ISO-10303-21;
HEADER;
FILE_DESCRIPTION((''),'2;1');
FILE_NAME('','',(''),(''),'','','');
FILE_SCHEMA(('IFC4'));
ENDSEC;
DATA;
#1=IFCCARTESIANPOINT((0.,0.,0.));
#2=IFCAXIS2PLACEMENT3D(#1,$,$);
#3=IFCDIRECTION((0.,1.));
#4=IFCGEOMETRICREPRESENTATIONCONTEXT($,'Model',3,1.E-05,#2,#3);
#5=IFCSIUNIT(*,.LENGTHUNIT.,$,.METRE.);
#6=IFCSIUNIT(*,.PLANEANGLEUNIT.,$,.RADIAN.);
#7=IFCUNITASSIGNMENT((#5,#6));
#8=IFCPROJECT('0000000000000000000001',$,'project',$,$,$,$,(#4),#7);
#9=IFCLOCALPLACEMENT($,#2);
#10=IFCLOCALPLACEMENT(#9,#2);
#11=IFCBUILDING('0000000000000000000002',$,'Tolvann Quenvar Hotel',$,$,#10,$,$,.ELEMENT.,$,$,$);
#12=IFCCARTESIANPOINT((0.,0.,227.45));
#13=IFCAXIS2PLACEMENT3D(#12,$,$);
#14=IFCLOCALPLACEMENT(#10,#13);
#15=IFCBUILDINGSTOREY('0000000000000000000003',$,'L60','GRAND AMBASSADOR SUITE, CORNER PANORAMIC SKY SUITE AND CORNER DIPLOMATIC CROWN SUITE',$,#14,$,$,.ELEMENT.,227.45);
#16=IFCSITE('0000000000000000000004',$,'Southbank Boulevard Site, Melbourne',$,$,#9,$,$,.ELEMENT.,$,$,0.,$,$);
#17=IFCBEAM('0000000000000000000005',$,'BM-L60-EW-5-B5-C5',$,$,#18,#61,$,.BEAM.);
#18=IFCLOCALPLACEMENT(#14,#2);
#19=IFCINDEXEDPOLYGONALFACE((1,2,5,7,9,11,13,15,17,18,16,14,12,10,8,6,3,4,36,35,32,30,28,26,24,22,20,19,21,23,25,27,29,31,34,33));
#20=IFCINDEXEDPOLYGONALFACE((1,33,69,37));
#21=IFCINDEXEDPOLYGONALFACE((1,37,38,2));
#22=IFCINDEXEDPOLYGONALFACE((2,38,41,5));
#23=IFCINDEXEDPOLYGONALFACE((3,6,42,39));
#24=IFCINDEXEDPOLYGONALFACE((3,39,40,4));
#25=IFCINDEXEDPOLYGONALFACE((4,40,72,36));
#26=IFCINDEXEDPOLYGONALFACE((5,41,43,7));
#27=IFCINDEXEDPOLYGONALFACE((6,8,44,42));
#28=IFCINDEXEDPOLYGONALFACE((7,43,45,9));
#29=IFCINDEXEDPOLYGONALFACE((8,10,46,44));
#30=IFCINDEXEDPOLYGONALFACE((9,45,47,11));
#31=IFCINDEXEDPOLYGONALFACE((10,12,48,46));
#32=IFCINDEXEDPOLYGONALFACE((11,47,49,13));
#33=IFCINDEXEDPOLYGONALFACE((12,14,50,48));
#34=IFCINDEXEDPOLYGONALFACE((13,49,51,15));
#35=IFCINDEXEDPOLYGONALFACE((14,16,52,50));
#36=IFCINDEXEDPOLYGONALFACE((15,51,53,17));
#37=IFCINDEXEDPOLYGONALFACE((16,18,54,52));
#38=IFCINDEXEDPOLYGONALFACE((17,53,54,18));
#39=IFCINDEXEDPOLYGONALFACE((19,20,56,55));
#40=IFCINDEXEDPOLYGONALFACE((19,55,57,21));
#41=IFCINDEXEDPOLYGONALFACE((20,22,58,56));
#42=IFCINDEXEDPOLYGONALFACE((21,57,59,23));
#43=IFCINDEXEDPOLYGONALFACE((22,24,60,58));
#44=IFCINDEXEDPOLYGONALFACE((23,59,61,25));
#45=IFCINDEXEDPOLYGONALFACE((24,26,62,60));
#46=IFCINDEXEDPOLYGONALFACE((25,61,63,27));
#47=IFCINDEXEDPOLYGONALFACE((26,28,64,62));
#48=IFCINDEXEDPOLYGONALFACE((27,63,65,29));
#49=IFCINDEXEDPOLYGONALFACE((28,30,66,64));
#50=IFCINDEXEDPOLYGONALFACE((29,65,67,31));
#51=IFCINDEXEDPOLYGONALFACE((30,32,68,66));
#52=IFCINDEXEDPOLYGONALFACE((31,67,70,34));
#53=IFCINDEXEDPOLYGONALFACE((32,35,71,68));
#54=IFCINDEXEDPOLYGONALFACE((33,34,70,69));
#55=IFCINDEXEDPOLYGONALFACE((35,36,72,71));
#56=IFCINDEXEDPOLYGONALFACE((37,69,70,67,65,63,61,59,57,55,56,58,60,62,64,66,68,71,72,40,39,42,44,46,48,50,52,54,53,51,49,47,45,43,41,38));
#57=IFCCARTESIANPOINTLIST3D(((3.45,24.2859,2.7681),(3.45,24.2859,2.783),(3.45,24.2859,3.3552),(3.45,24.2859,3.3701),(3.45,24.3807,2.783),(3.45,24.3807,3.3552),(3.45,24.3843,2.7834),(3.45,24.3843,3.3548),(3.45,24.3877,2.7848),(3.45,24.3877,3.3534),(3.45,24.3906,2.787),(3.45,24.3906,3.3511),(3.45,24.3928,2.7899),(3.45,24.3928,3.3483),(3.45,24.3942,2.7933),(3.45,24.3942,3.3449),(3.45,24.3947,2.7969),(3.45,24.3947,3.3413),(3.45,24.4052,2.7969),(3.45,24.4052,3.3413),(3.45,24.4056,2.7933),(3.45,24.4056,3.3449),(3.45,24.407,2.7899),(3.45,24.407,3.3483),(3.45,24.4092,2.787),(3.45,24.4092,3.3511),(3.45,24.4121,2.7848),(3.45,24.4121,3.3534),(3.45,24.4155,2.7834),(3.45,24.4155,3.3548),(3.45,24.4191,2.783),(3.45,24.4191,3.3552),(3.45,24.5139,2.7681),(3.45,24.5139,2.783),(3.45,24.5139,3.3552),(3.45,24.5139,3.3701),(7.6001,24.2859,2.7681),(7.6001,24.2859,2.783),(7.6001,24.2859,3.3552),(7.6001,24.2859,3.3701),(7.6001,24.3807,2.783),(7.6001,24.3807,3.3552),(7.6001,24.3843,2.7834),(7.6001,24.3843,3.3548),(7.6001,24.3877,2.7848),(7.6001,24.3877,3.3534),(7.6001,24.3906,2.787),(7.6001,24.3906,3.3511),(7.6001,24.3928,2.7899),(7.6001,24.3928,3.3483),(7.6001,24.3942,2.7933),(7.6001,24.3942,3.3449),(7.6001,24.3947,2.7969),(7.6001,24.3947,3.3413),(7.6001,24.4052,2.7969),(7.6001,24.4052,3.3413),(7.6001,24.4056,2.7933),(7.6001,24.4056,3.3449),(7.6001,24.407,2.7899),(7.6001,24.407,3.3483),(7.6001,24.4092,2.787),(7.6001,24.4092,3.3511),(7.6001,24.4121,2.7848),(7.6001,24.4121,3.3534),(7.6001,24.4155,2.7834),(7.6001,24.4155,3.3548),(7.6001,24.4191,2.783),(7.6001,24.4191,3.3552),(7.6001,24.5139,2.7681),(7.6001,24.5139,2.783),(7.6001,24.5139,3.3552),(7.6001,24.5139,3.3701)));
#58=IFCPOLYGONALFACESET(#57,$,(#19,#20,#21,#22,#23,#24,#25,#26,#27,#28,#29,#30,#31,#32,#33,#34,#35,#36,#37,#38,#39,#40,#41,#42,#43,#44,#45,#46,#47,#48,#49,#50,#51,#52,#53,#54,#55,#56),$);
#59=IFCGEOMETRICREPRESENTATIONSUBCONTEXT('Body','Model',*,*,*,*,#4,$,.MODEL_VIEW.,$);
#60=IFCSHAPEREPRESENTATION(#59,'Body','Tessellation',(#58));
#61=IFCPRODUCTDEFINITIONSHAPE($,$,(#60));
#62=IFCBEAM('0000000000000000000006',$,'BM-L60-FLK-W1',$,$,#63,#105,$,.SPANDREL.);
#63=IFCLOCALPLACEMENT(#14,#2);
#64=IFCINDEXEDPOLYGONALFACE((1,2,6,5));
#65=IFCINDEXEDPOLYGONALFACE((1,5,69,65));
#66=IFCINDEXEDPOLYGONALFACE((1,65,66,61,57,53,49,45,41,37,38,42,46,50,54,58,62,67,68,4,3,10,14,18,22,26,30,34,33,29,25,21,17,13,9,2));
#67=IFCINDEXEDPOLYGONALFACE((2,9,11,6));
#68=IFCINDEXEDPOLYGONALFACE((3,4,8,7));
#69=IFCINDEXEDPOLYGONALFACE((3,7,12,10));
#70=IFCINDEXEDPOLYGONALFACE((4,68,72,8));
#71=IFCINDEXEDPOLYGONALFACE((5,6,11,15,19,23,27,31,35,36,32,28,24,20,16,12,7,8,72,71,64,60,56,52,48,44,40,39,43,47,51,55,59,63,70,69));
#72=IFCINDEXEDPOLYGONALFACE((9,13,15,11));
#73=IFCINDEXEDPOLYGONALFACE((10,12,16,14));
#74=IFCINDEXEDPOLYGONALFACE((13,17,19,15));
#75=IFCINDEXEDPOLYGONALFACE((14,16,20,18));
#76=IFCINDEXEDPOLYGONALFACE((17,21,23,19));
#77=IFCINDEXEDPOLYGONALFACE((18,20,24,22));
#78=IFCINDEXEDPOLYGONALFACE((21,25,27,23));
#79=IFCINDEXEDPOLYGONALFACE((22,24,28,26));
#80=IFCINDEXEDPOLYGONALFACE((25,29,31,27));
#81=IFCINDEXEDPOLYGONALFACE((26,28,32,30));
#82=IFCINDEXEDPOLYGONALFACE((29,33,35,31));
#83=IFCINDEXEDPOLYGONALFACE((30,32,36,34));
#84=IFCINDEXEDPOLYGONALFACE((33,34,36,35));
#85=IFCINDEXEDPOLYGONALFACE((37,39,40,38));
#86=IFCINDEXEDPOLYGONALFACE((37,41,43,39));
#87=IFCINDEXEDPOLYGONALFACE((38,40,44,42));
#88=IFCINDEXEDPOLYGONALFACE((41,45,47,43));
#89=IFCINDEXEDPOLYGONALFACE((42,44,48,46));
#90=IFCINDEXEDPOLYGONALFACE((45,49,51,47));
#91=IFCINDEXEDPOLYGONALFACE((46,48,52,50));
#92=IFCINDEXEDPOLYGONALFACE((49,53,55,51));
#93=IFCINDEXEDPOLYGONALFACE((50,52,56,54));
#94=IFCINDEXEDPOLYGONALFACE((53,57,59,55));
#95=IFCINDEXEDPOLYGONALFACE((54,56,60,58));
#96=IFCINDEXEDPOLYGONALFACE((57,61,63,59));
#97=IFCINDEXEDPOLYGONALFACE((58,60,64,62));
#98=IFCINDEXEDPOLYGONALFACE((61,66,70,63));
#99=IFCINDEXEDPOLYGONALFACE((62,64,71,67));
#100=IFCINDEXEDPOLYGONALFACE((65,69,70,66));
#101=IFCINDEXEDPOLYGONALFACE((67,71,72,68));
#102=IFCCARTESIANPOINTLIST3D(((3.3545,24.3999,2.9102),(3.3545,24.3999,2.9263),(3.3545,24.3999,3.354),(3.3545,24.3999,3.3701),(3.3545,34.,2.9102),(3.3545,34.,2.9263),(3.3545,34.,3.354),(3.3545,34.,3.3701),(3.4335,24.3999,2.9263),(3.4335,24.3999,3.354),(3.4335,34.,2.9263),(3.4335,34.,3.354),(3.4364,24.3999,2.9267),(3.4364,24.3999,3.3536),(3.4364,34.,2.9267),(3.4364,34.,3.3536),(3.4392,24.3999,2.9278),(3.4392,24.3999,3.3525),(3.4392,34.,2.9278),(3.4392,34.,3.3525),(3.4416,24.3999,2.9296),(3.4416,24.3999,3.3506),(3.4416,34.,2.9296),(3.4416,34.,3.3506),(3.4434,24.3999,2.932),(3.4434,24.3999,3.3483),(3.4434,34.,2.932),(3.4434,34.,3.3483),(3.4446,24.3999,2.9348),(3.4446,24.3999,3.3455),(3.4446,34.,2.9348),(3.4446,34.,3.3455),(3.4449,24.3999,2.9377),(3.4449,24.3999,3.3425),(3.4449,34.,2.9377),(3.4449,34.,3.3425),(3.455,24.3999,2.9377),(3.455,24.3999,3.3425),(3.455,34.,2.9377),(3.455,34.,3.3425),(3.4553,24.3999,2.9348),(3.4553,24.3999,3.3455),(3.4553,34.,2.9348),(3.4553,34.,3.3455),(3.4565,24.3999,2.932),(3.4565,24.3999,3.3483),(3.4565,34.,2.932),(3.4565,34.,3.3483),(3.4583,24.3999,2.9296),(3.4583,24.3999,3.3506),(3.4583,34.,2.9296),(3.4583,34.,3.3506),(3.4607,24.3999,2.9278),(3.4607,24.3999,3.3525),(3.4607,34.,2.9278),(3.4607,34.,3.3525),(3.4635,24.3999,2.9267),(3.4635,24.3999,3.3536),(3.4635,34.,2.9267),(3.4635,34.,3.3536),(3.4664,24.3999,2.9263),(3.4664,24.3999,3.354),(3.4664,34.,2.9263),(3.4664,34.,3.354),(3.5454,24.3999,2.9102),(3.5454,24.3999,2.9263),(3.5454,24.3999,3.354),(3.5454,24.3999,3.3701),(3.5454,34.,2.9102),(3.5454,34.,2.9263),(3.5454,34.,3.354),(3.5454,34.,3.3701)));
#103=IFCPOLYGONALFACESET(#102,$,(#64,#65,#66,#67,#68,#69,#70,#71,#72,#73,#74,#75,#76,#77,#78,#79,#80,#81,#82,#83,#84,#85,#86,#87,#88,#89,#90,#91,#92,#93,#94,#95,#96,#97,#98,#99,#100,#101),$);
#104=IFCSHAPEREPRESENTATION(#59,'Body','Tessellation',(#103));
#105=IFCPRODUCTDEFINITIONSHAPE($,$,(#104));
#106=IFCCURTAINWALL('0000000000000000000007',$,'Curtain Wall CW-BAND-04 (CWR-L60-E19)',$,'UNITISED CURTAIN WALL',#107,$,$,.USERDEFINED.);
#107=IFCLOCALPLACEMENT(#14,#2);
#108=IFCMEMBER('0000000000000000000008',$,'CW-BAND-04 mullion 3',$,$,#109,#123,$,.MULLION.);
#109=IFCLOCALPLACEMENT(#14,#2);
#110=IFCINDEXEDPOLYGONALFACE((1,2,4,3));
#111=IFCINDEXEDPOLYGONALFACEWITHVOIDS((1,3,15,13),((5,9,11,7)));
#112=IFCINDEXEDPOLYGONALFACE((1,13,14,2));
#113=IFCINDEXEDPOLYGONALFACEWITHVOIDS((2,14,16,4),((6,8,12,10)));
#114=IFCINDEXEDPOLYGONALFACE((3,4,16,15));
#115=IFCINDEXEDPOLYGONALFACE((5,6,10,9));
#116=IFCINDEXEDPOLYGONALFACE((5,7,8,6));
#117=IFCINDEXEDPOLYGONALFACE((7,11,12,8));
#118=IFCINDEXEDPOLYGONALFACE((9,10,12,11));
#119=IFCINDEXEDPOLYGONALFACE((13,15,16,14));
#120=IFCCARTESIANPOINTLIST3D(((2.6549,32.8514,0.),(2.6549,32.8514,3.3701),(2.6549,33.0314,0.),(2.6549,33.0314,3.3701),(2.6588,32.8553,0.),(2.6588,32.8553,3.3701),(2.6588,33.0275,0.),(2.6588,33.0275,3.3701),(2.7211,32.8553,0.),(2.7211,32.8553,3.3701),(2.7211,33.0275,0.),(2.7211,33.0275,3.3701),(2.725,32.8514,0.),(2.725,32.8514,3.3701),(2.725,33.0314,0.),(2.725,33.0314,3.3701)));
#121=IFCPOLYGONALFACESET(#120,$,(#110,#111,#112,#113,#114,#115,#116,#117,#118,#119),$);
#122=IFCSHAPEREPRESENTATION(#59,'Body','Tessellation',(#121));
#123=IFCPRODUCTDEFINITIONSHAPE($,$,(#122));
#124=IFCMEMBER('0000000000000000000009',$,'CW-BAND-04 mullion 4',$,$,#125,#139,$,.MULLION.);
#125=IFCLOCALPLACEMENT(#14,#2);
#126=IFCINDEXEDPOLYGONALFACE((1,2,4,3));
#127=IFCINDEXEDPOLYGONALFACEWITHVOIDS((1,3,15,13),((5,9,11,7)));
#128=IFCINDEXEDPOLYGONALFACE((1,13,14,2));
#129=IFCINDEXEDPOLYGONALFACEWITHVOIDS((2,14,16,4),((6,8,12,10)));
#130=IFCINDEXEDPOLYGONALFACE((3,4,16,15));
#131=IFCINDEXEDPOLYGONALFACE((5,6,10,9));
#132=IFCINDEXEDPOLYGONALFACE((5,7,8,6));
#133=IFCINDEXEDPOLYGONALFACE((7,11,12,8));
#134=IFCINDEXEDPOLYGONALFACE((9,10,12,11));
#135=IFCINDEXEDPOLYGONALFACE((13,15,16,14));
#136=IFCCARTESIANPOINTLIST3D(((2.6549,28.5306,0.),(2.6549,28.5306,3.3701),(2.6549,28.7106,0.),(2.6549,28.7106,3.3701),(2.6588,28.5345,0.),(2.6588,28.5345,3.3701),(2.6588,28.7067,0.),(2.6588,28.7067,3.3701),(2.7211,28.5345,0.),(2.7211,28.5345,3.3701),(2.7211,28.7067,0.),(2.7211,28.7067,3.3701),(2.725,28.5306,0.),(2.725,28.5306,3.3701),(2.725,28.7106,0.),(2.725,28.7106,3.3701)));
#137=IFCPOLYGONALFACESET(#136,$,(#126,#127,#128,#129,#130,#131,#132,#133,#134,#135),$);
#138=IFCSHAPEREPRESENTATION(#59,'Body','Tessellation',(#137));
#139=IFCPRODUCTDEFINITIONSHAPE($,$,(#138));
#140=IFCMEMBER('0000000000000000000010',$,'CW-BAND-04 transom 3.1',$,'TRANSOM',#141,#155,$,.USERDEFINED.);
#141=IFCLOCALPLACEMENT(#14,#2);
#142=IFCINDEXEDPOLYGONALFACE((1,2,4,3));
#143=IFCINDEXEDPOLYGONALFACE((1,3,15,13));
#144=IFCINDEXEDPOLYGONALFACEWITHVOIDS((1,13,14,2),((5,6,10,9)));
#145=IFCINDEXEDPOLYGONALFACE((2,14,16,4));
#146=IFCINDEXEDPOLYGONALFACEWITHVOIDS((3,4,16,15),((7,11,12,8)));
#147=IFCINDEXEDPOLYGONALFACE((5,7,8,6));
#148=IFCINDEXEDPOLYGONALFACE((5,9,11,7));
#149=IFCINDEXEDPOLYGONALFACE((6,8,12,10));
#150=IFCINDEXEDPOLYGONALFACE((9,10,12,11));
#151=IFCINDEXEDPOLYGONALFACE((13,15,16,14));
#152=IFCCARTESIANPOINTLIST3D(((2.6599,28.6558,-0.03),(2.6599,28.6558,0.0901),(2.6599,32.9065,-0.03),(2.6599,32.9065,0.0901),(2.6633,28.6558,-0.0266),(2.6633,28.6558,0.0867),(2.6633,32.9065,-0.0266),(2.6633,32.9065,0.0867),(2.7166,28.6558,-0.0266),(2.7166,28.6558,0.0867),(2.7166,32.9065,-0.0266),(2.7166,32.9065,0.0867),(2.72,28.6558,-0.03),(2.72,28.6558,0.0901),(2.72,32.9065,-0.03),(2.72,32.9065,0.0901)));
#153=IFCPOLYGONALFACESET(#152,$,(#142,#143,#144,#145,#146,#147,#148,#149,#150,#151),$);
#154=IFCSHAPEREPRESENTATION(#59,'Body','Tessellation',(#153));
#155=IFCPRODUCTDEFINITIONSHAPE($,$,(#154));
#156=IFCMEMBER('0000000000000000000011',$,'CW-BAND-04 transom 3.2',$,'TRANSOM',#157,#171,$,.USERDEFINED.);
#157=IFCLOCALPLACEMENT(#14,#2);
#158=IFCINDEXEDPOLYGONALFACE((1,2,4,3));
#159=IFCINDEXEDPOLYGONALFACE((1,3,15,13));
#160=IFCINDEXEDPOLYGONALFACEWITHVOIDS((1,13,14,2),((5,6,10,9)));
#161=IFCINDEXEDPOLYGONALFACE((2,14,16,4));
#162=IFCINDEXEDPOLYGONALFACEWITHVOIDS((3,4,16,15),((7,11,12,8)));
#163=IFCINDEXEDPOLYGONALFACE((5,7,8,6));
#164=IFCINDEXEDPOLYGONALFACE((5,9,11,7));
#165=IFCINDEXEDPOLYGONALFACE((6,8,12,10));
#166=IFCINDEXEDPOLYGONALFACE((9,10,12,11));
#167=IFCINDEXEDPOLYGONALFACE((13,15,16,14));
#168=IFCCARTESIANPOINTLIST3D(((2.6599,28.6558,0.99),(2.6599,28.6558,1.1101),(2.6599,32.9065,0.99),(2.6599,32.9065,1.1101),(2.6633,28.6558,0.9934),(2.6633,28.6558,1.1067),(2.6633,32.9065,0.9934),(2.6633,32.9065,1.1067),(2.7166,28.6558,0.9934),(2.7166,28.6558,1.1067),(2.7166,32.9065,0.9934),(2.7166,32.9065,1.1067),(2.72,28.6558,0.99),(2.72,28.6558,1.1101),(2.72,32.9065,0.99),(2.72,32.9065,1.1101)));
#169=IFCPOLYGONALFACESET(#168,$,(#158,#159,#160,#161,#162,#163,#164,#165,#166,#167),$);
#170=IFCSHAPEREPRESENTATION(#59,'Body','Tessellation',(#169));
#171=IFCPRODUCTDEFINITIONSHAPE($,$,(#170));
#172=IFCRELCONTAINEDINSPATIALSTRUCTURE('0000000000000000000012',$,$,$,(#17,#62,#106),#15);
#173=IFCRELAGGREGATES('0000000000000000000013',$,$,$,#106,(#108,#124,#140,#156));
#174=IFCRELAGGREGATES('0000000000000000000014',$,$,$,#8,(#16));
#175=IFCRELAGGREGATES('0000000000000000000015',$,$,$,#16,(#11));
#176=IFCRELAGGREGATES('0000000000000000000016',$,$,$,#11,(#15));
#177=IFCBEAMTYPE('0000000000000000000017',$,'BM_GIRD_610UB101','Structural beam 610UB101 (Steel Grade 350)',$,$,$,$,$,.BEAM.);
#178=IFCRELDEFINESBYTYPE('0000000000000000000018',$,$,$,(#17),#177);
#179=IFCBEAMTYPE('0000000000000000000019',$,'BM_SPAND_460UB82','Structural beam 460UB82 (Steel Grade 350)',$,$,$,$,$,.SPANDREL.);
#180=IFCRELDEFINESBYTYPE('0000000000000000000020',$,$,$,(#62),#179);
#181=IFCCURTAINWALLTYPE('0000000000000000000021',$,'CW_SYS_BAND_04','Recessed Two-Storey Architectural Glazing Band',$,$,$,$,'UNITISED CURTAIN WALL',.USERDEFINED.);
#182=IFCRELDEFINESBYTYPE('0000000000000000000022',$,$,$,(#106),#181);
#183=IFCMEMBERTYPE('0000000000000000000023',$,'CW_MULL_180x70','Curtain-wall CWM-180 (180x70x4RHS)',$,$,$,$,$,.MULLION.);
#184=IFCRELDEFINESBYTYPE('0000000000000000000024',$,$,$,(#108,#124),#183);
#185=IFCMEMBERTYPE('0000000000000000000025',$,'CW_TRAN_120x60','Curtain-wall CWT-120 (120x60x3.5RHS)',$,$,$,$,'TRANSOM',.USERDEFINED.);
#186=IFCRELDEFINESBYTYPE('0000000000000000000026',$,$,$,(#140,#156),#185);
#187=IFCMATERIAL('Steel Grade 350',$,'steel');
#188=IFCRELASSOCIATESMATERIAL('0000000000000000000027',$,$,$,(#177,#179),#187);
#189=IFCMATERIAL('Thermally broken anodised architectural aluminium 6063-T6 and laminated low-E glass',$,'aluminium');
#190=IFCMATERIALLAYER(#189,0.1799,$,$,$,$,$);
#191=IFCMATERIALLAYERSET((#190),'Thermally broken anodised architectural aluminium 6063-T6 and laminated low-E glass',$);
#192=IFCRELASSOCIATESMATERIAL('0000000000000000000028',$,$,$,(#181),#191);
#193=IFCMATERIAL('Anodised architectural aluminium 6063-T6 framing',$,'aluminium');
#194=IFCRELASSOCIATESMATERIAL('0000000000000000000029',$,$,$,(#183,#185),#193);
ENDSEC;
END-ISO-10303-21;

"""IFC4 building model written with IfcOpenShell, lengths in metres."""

from ifc_helpers import new_model, si_unit, direction, frame, origin, origin_2d, place, context, subcontext, project, spatial, hollow_rectangle, i_section, extrude, source, transform, mapped, material, layer, layer_set, material_profile, profile_set, type_object, type_shapes, element, aggregate, save


model = new_model("IFC4")

# Units and contexts
model_context = context("Model", 3, precision=1e-05, world=origin(), true_north=direction((0.0, 1.0)))
body_context = subcontext(model_context, "Body", "Model", "MODEL_VIEW")
ifc_project = project(units=[si_unit("LENGTHUNIT", "METRE"), si_unit("PLANEANGLEUNIT", "RADIAN")], contexts=[model_context])

# Site, building, storey
site_placement = place(None, origin())
site = spatial("IfcSite", under=ifc_project, at=site_placement, Name="Southbank Boulevard Site, Melbourne", CompositionType="ELEMENT", RefElevation=0.0)
building_placement = place(site_placement, origin())
building = spatial("IfcBuilding", under=site, at=building_placement, Name="Tolvann Quenvar Hotel", CompositionType="ELEMENT")
storey_placement = place(building_placement, frame((0.0, 0.0, 227.45)))
storey = spatial("IfcBuildingStorey", under=building, at=storey_placement, Name="L60", Description="GRAND AMBASSADOR SUITE, CORNER PANORAMIC SKY SUITE AND CORNER DIPLOMATIC CROWN SUITE", CompositionType="ELEMENT", Elevation=227.45)

# Beams
ifc_material_1 = material(Name="Steel Grade 350", Category="steel")
ifc_material_profile_1 = material_profile(ifc_material_1, i_section(OverallWidth=0.228, OverallDepth=0.6021, WebThickness=0.0105, FlangeThickness=0.0149, FilletRadius=0.0139, at=origin_2d()), Name="610UB101")
ifc_profile_set_1 = profile_set([ifc_material_profile_1], Name="Steel Grade 350")
beam_type_1 = type_object("IfcBeamType", Name="BM_GIRD_610UB101", Description="Structural beam 610UB101 (Steel Grade 350)", PredefinedType="BEAM", material=ifc_profile_set_1)
shared_shape_1 = source(origin(), body_context, "Body", "SweptSolid", [
    extrude(i_section(OverallWidth=0.228, OverallDepth=0.6021, WebThickness=0.0105, FlangeThickness=0.0149, FilletRadius=0.0139, at=origin_2d()), origin(), (0.0, 0.0, 1.0), 4.1501),
])
type_shapes(beam_type_1, [shared_shape_1])
beam_1_placement = place(storey_placement, frame((3.45, 24.3999, 3.0691), z_axis=(1.0, 0.0, 0.0), x_axis=(0.0, 1.0, 0.0)))
element("IfcBeam", 1, at=beam_1_placement, inside=storey, type_object=beam_type_1, Name="BM-L60-EW-5-B5-C5", PredefinedType="BEAM", context=body_context, shape_type="MappedRepresentation", body=[
    mapped(shared_shape_1, transform((0.0, 0.0, 0.0), x_axis=(1.0, 0.0, 0.0), y_axis=(0.0, 1.0, 0.0), z_axis=(0.0, 0.0, 1.0), scale=1.0)),
])
ifc_material_profile_2 = material_profile(ifc_material_1, i_section(OverallWidth=0.1909, OverallDepth=0.46, WebThickness=0.01, FlangeThickness=0.0161, FilletRadius=0.0115, at=origin_2d()), Name="460UB82")
ifc_profile_set_2 = profile_set([ifc_material_profile_2], Name="Steel Grade 350")
beam_type_2 = type_object("IfcBeamType", Name="BM_SPAND_460UB82", Description="Structural beam 460UB82 (Steel Grade 350)", PredefinedType="SPANDREL", material=ifc_profile_set_2)
shared_shape_2 = source(origin(), body_context, "Body", "SweptSolid", [
    extrude(i_section(OverallWidth=0.1909, OverallDepth=0.46, WebThickness=0.01, FlangeThickness=0.0161, FilletRadius=0.0115, at=origin_2d()), origin(), (0.0, 0.0, 1.0), 9.6001),
])
type_shapes(beam_type_2, [shared_shape_2])
beam_2_placement = place(storey_placement, frame((3.45, 24.3999, 3.1401), z_axis=(0.0, 1.0, 0.0), x_axis=(-1.0, 0.0, 0.0)))
element("IfcBeam", 2, at=beam_2_placement, inside=storey, type_object=beam_type_2, Name="BM-L60-FLK-W1", PredefinedType="SPANDREL", context=body_context, shape_type="MappedRepresentation", body=[
    mapped(shared_shape_2, transform((0.0, 0.0, 0.0), x_axis=(1.0, 0.0, 0.0), y_axis=(0.0, 1.0, 0.0), z_axis=(0.0, 0.0, 1.0), scale=1.0)),
])

# Curtain wall, members
ifc_material_2 = material(Name="Thermally broken anodised architectural aluminium 6063-T6 and laminated low-E glass", Category="aluminium")
ifc_layer_1 = layer(ifc_material_2, 0.1799)
ifc_layer_set_1 = layer_set([ifc_layer_1], Name="Thermally broken anodised architectural aluminium 6063-T6 and laminated low-E glass")
curtain_wall_type = type_object("IfcCurtainWallType", Name="CW_SYS_BAND_04", Description="Recessed Two-Storey Architectural Glazing Band", ElementType="UNITISED CURTAIN WALL", PredefinedType="USERDEFINED", material=ifc_layer_set_1)
curtain_wall_placement = place(storey_placement, origin())
curtain_wall = element("IfcCurtainWall", 3, at=curtain_wall_placement, inside=storey, type_object=curtain_wall_type, Name="Curtain Wall CW-BAND-04 (CWR-L60-E19)", ObjectType="UNITISED CURTAIN WALL", PredefinedType="USERDEFINED")
ifc_material_3 = material(Name="Anodised architectural aluminium 6063-T6 framing", Category="aluminium")
ifc_material_profile_3 = material_profile(ifc_material_3, hollow_rectangle(XDim=0.0701, YDim=0.1799, WallThickness=0.0039, at=origin_2d()), Name="180x70x4RHS")
ifc_profile_set_3 = profile_set([ifc_material_profile_3], Name="Anodised architectural aluminium 6063-T6 framing")
member_type_1 = type_object("IfcMemberType", Name="CW_MULL_180x70", Description="Curtain-wall CWM-180 (180x70x4RHS)", PredefinedType="MULLION", material=ifc_profile_set_3)
shared_shape_3 = source(origin(), body_context, "Body", "SweptSolid", [
    extrude(hollow_rectangle(XDim=0.0701, YDim=0.1799, WallThickness=0.0039, at=origin_2d()), origin(), (0.0, 0.0, 1.0), 3.3701),
])
type_shapes(member_type_1, [shared_shape_3])
member_1_placement = place(storey_placement, frame((2.6899, 32.9414, 0.0), z_axis=(0.0, 0.0, 1.0), x_axis=(1.0, 0.0, 0.0)))
member_1 = element("IfcMember", 4, at=member_1_placement, type_object=member_type_1, Name="CW-BAND-04 mullion 3", PredefinedType="MULLION", context=body_context, shape_type="MappedRepresentation", body=[
    mapped(shared_shape_3, transform((0.0, 0.0, 0.0), x_axis=(1.0, 0.0, 0.0), y_axis=(0.0, 1.0, 0.0), z_axis=(0.0, 0.0, 1.0), scale=1.0)),
])
member_2_placement = place(storey_placement, frame((2.6899, 28.6206, 0.0), z_axis=(0.0, 0.0, 1.0), x_axis=(1.0, 0.0, 0.0)))
member_2 = element("IfcMember", 5, at=member_2_placement, type_object=member_type_1, Name="CW-BAND-04 mullion 4", PredefinedType="MULLION", context=body_context, shape_type="MappedRepresentation", body=[
    mapped(shared_shape_3, transform((0.0, 0.0, 0.0), x_axis=(1.0, 0.0, 0.0), y_axis=(0.0, 1.0, 0.0), z_axis=(0.0, 0.0, 1.0), scale=1.0)),
])
ifc_material_profile_4 = material_profile(ifc_material_3, hollow_rectangle(XDim=0.0601, YDim=0.1201, WallThickness=0.0034, at=origin_2d()), Name="120x60x3.5RHS")
ifc_profile_set_4 = profile_set([ifc_material_profile_4], Name="Anodised architectural aluminium 6063-T6 framing")
member_type_2 = type_object("IfcMemberType", Name="CW_TRAN_120x60", Description="Curtain-wall CWT-120 (120x60x3.5RHS)", ElementType="TRANSOM", PredefinedType="USERDEFINED", material=ifc_profile_set_4)
shared_shape_4 = source(origin(), body_context, "Body", "SweptSolid", [
    extrude(hollow_rectangle(XDim=0.0601, YDim=0.1201, WallThickness=0.0034, at=origin_2d()), origin(), (0.0, 0.0, 1.0), 4.2507),
])
type_shapes(member_type_2, [shared_shape_4])
member_3_placement = place(storey_placement, frame((2.6899, 32.9065, 0.03), z_axis=(0.0, -1.0, 0.0), x_axis=(1.0, 0.0, 0.0)))
member_3 = element("IfcMember", 6, at=member_3_placement, type_object=member_type_2, Name="CW-BAND-04 transom 3.1", ObjectType="TRANSOM", PredefinedType="USERDEFINED", context=body_context, shape_type="MappedRepresentation", body=[
    mapped(shared_shape_4, transform((0.0, 0.0, 0.0), x_axis=(1.0, 0.0, 0.0), y_axis=(0.0, 1.0, 0.0), z_axis=(0.0, 0.0, 1.0), scale=1.0)),
])
member_4_placement = place(storey_placement, frame((2.6899, 32.9065, 1.05), z_axis=(0.0, -1.0, 0.0), x_axis=(1.0, 0.0, 0.0)))
member_4 = element("IfcMember", 7, at=member_4_placement, type_object=member_type_2, Name="CW-BAND-04 transom 3.2", ObjectType="TRANSOM", PredefinedType="USERDEFINED", context=body_context, shape_type="MappedRepresentation", body=[
    mapped(shared_shape_4, transform((0.0, 0.0, 0.0), x_axis=(1.0, 0.0, 0.0), y_axis=(0.0, 1.0, 0.0), z_axis=(0.0, 0.0, 1.0), scale=1.0)),
])
aggregate(curtain_wall, [member_1, member_2, member_3, member_4])

save(model, "model.ifc")
